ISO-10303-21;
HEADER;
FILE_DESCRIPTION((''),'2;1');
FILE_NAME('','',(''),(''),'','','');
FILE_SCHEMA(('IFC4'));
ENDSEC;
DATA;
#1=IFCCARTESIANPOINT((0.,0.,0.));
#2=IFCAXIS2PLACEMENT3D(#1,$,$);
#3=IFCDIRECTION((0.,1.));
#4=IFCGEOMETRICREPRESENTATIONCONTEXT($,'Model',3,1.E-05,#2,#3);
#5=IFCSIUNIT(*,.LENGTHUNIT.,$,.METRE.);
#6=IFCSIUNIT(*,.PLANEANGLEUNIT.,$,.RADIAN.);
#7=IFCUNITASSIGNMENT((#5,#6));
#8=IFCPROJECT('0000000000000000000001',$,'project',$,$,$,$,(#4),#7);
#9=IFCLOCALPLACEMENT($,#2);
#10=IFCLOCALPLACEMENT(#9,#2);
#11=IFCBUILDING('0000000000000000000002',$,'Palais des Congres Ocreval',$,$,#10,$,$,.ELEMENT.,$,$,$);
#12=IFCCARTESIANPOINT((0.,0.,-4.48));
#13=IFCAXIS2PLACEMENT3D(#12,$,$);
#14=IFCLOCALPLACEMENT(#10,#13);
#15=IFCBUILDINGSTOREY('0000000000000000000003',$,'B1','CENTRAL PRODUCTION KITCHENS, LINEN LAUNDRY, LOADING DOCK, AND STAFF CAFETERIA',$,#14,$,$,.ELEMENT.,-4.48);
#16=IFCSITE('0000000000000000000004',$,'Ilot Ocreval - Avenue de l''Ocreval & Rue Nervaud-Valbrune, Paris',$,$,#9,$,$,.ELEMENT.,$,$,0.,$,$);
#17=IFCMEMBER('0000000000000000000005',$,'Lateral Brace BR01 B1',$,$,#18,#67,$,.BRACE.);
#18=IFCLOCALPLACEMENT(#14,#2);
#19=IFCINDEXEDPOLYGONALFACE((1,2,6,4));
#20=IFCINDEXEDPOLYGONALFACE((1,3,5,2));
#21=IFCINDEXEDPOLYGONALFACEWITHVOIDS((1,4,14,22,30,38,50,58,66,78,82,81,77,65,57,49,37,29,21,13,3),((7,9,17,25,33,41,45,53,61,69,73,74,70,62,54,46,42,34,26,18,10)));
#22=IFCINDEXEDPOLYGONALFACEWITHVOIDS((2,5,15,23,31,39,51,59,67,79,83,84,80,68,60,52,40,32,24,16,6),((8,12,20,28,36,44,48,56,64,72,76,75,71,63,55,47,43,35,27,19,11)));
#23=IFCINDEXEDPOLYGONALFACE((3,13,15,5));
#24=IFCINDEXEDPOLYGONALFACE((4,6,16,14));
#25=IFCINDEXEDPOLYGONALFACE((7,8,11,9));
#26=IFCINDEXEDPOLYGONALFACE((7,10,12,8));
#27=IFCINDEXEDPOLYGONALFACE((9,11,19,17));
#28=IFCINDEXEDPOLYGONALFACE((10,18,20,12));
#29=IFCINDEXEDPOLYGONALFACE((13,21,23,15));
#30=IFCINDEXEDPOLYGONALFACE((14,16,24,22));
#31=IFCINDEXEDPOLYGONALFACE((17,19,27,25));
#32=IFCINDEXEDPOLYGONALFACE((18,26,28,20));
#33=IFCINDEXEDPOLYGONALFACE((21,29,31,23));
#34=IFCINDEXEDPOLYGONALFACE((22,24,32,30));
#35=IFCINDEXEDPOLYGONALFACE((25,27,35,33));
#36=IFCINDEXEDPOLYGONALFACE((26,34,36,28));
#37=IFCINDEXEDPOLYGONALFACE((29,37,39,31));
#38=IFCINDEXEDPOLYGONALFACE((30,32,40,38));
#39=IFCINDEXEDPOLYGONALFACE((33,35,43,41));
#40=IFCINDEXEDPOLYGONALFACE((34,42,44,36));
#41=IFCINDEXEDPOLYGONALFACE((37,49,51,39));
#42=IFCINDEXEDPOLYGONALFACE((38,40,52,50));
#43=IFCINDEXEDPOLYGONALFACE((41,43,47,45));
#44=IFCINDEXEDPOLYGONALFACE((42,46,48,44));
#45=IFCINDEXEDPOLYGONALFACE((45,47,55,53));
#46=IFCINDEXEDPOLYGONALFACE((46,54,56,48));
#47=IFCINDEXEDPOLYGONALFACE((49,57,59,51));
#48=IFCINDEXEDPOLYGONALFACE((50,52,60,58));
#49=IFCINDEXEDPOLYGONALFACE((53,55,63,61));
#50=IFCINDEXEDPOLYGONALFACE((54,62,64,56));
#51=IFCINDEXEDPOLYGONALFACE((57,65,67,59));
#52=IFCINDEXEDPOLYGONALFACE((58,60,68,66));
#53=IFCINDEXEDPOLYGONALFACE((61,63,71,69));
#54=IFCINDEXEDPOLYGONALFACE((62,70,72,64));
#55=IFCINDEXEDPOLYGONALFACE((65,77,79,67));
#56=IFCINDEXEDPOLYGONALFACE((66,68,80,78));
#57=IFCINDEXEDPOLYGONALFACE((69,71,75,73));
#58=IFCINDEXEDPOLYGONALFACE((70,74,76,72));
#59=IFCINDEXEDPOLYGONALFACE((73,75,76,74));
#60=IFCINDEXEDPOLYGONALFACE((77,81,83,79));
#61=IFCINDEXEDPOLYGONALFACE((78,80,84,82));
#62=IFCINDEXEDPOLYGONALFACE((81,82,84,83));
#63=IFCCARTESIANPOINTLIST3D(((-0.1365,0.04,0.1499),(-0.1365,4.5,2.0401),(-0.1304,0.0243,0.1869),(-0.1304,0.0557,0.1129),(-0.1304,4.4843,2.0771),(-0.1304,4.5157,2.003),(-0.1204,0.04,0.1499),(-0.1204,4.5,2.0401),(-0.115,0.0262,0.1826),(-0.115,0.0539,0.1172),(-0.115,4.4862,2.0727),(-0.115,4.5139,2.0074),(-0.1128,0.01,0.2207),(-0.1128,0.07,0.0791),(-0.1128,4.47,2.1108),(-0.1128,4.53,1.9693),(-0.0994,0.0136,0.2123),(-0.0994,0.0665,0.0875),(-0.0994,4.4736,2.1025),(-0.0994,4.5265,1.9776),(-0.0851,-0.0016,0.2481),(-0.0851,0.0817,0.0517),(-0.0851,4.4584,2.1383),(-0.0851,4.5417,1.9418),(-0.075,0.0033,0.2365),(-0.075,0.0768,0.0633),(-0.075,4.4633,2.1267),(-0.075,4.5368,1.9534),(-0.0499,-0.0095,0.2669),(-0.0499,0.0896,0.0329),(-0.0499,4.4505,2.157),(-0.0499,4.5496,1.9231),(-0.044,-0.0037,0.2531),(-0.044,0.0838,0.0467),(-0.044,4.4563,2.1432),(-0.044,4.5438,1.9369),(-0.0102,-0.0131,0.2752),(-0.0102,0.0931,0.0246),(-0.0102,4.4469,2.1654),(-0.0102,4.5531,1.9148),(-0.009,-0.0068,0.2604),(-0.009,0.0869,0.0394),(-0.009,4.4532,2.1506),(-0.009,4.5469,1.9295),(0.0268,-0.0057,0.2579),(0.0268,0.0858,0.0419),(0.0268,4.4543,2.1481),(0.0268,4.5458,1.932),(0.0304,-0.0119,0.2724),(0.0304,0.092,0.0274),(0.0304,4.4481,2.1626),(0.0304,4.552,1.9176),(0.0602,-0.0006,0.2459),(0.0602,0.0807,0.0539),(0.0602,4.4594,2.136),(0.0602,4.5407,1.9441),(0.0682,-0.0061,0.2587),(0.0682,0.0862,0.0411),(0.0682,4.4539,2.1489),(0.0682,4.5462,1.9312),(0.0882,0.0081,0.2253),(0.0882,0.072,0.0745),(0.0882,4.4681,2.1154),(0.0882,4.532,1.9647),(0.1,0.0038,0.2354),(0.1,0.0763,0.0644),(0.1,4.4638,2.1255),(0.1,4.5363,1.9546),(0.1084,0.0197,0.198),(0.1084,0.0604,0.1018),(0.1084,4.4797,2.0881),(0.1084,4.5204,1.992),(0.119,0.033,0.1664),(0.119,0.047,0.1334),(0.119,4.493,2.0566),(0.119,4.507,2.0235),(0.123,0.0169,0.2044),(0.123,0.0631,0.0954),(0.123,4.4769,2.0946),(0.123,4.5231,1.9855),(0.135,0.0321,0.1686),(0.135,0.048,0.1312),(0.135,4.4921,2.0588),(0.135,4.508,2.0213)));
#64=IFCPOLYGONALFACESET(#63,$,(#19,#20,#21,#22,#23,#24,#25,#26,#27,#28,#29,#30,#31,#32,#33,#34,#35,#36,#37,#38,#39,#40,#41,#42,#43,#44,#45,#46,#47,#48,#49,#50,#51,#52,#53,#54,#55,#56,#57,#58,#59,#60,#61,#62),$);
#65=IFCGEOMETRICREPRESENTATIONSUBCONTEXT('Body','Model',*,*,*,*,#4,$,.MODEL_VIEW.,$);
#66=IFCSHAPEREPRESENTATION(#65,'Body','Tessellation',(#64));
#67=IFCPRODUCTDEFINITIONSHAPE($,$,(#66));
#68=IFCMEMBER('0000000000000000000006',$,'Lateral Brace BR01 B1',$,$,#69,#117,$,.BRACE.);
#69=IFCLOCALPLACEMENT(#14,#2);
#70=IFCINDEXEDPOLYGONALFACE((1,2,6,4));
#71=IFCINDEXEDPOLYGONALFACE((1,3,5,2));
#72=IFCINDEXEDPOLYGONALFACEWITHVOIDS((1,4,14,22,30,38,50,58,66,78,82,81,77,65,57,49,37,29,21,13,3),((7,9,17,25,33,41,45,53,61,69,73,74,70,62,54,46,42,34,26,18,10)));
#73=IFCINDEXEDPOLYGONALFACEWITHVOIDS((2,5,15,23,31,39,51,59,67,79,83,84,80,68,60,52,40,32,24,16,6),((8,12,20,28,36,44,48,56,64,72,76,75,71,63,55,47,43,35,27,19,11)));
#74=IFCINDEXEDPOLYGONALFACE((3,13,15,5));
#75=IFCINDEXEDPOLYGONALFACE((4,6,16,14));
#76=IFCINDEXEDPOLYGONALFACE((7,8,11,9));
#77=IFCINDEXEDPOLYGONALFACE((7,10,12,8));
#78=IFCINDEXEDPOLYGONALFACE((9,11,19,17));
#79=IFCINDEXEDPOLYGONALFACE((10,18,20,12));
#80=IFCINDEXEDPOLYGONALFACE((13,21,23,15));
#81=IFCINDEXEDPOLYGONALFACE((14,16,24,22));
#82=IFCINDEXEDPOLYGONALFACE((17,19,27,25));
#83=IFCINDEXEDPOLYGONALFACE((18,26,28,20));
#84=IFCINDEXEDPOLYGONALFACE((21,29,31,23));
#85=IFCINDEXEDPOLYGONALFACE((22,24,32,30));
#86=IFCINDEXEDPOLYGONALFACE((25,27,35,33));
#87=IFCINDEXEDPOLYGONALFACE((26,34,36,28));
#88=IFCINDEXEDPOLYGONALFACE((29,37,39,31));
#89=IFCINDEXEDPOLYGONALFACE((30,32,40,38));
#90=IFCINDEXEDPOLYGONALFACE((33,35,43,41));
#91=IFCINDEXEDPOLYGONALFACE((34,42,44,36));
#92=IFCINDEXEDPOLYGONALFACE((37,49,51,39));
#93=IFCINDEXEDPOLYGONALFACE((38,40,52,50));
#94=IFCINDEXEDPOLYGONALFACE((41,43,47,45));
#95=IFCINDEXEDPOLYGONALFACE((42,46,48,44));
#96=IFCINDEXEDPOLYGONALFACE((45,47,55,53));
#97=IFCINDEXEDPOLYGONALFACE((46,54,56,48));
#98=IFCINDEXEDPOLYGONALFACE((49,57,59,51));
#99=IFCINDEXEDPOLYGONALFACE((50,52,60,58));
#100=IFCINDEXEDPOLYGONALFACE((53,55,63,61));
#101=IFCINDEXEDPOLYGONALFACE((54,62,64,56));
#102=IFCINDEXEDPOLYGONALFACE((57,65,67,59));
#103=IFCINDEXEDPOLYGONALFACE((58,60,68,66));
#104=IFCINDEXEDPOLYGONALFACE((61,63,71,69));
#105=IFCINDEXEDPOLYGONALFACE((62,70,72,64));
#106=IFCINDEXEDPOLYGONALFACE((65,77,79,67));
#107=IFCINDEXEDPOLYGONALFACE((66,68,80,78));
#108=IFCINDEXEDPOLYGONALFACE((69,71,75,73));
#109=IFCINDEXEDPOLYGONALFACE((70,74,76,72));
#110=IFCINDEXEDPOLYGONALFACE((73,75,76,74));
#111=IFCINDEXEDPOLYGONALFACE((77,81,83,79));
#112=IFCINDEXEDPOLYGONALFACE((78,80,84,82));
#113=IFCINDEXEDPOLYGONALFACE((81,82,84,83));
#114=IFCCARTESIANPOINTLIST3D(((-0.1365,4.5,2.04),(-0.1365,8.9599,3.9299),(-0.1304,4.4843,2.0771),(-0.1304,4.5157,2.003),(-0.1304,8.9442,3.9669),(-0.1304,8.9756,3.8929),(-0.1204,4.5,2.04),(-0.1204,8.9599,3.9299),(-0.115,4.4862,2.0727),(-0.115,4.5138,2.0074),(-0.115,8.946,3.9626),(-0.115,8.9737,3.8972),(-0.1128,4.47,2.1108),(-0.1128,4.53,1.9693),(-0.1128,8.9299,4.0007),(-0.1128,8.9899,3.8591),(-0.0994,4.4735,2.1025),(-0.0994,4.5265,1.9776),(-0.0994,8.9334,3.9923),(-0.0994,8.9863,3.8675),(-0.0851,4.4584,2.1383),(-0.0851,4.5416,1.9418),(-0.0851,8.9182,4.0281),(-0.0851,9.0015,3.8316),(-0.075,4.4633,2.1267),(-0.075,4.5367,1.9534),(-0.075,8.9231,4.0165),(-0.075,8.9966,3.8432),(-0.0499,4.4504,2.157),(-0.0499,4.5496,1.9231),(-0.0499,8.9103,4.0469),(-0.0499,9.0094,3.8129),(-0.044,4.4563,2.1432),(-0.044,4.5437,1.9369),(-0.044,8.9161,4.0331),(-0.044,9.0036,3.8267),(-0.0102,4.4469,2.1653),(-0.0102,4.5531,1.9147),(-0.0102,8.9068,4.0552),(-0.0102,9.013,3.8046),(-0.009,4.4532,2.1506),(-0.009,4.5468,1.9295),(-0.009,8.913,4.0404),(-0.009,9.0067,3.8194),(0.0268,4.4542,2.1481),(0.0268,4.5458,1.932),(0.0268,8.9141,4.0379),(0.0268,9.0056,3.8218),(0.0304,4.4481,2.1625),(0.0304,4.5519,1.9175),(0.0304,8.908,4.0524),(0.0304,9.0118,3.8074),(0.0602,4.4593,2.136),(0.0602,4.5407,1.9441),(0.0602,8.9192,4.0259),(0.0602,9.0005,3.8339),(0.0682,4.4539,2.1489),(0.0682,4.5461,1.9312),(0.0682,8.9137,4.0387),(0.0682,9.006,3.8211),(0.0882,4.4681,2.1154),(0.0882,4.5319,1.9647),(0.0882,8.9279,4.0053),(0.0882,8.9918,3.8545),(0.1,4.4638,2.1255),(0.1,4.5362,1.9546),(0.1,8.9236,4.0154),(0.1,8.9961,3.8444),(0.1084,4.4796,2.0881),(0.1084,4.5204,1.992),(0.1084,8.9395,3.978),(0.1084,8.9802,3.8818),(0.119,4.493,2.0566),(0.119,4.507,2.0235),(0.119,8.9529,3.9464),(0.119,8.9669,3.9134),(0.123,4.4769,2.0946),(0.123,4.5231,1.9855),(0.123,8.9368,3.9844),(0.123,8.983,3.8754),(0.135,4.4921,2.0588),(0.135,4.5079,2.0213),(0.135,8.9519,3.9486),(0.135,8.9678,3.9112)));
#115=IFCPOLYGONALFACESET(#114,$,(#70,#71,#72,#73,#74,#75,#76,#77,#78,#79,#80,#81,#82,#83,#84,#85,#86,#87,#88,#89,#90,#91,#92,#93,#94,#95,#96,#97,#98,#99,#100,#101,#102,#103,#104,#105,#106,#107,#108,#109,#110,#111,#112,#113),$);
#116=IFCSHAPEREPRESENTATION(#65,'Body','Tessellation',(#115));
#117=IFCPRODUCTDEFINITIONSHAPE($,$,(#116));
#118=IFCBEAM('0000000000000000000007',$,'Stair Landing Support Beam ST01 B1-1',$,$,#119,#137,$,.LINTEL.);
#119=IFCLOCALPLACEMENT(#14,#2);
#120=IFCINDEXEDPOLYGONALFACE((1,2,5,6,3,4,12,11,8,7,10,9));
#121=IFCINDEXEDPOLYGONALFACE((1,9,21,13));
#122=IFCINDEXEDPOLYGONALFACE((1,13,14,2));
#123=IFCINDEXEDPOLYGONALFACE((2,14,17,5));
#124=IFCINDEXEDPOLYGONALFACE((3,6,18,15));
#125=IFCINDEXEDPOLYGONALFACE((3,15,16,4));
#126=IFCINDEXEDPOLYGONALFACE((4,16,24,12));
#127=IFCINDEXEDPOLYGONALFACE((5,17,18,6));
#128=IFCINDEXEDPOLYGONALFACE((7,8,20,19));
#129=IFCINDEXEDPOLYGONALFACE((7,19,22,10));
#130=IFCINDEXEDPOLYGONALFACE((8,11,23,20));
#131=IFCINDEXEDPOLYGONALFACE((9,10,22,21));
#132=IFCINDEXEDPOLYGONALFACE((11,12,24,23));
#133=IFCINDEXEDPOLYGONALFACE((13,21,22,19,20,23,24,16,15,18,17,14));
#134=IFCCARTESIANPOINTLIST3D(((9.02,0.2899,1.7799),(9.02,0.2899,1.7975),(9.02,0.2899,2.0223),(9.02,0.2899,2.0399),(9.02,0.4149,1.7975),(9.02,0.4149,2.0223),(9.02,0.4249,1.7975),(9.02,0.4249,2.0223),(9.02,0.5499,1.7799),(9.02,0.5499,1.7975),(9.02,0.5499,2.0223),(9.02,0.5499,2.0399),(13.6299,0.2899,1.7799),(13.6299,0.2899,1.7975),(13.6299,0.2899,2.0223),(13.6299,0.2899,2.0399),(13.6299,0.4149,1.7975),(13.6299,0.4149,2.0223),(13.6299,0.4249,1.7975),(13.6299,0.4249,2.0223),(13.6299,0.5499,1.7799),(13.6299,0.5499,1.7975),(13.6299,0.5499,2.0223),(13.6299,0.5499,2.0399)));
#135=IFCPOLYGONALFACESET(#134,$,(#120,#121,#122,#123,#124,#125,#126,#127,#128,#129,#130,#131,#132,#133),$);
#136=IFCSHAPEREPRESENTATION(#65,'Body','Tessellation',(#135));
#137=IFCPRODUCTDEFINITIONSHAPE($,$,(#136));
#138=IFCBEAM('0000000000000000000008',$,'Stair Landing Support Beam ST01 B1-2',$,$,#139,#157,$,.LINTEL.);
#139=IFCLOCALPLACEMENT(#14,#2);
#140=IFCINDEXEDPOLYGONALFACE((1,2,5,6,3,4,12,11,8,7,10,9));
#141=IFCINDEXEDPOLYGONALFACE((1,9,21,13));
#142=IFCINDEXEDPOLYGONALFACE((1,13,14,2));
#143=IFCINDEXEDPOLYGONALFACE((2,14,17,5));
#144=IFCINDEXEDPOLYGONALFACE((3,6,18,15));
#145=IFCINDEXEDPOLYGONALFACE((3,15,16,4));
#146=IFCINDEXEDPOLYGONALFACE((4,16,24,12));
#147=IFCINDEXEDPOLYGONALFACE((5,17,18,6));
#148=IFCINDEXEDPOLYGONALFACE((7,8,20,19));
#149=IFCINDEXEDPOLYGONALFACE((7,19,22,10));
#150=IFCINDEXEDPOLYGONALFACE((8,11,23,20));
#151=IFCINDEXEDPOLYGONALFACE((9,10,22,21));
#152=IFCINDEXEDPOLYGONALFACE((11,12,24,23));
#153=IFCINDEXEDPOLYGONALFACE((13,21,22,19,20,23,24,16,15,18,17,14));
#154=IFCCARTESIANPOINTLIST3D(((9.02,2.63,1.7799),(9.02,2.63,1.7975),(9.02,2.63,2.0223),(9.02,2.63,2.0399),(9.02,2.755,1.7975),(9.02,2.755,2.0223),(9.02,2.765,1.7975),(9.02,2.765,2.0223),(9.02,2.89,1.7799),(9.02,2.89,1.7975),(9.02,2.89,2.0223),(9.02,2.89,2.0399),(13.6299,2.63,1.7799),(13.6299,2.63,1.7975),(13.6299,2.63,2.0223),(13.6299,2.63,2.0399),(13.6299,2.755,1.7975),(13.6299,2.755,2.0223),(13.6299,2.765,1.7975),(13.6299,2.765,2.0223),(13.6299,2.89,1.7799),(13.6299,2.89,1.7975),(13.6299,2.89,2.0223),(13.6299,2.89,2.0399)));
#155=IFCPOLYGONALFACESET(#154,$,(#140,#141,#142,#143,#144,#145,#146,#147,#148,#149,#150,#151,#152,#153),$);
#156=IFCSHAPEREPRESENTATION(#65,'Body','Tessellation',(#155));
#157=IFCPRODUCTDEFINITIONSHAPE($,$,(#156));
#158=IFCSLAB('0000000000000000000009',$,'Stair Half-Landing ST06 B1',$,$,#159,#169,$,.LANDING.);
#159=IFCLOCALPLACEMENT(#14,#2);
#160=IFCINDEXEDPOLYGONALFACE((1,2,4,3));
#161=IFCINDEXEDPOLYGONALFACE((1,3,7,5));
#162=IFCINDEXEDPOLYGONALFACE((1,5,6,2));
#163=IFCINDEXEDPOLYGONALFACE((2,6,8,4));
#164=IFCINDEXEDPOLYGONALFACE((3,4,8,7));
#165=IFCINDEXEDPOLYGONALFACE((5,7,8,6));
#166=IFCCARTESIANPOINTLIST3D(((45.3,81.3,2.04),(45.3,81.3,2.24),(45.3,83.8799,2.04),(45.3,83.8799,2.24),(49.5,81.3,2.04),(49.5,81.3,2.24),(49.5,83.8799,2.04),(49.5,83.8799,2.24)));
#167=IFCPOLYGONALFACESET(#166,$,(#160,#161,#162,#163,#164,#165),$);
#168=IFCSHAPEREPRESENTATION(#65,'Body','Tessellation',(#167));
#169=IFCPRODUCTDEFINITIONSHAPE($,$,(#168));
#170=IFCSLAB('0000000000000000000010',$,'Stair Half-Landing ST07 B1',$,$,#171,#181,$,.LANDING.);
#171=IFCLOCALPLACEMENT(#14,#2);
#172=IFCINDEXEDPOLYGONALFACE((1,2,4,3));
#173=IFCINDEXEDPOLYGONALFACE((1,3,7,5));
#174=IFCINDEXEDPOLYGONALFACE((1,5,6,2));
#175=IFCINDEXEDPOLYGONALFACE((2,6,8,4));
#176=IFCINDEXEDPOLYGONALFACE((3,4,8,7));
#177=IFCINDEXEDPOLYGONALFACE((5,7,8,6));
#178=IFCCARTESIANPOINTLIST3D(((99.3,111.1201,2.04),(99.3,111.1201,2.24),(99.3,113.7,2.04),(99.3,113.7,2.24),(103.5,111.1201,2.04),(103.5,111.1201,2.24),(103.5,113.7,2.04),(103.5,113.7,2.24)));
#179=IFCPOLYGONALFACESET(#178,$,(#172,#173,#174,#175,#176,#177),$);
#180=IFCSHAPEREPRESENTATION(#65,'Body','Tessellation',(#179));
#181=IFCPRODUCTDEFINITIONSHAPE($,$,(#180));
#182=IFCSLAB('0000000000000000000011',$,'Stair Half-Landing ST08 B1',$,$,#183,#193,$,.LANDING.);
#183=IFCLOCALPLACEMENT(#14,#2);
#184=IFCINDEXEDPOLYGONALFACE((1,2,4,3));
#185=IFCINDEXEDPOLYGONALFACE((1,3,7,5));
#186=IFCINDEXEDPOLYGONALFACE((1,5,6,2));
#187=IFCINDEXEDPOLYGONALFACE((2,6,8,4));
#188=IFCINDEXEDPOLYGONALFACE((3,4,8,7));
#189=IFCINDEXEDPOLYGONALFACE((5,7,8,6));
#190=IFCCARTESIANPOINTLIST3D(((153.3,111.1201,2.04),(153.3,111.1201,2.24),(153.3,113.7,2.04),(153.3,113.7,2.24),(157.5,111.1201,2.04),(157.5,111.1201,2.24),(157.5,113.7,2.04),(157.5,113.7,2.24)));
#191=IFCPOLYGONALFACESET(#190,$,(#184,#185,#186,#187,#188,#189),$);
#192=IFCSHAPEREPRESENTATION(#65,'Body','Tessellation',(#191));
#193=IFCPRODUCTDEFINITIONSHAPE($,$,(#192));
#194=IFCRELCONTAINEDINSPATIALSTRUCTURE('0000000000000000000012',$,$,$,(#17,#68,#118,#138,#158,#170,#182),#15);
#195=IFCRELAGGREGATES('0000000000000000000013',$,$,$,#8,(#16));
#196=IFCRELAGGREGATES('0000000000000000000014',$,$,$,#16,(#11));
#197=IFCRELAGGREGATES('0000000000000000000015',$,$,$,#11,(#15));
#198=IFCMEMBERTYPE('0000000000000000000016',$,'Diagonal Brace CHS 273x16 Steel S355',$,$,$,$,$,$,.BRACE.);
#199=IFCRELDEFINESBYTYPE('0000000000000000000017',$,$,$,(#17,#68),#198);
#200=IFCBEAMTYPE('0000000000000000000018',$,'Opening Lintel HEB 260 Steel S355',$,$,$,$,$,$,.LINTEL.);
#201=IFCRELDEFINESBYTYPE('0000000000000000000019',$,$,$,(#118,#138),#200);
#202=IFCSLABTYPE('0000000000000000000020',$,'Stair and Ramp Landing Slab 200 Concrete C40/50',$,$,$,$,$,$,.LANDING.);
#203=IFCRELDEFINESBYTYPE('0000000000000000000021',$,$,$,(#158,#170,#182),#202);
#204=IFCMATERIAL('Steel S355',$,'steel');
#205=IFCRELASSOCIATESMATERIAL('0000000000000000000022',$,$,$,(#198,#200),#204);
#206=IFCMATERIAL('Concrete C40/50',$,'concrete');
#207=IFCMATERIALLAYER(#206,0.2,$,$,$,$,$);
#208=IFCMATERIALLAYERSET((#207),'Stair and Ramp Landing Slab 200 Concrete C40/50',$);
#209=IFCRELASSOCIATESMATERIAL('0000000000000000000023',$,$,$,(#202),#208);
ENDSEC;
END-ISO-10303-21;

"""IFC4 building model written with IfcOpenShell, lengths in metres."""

from ifc_helpers import new_model, si_unit, direction, frame, origin, origin_2d, place, context, subcontext, project, spatial, polyline, hollow_circle, i_section, outline, extrude, material, layer, layer_set, material_profile, profile_set, type_object, element, save


model = new_model("IFC4")

# Units and contexts
model_context = context("Model", 3, precision=1e-05, world=origin(), true_north=direction((0.0, 1.0)))
body_context = subcontext(model_context, "Body", "Model", "MODEL_VIEW")
ifc_project = project(units=[si_unit("LENGTHUNIT", "METRE"), si_unit("PLANEANGLEUNIT", "RADIAN")], contexts=[model_context])

# Site, building, storey
site_placement = place(None, origin())
site = spatial("IfcSite", under=ifc_project, at=site_placement, Name="Ilot Ocreval - Avenue de l'Ocreval & Rue Nervaud-Valbrune, Paris", CompositionType="ELEMENT", RefElevation=0.0)
building_placement = place(site_placement, origin())
building = spatial("IfcBuilding", under=site, at=building_placement, Name="Palais des Congres Ocreval", CompositionType="ELEMENT")
storey_placement = place(building_placement, frame((0.0, 0.0, -4.48)))
storey = spatial("IfcBuildingStorey", under=building, at=storey_placement, Name="B1", Description="CENTRAL PRODUCTION KITCHENS, LINEN LAUNDRY, LOADING DOCK, AND STAFF CAFETERIA", CompositionType="ELEMENT", Elevation=-4.48)

# Shared definitions
ifc_material_1 = material(Name="Concrete C40/50", Category="concrete")

# Members
ifc_material_2 = material(Name="Steel S355", Category="steel")
ifc_material_profile_1 = material_profile(ifc_material_2, hollow_circle(Radius=0.1365, WallThickness=0.0161, at=origin_2d()), Name="CHS 273x16")
ifc_profile_set_1 = profile_set([ifc_material_profile_1], Name="Steel S355")
member_type_1 = type_object("IfcMemberType", Name="Diagonal Brace CHS 273x16 Steel S355", PredefinedType="BRACE", material=ifc_profile_set_1)
member_1_placement = place(storey_placement, frame((0.0, 0.04, 0.1499), z_axis=(0.0, 0.920728, 0.390206), x_axis=(-1.0, 0.0, 0.0)))
element("IfcMember", 1, at=member_1_placement, inside=storey, type_object=member_type_1, Name="Lateral Brace BR01 B1", PredefinedType="BRACE", context=body_context, shape_type="SweptSolid", body=[
    extrude(hollow_circle(Radius=0.1365, WallThickness=0.0161, at=origin_2d()), origin(), (0.0, 0.0, 1.0), 4.844),
])
member_2_placement = place(storey_placement, frame((0.0, 4.5, 2.04), z_axis=(0.0, 0.920746, 0.390163), x_axis=(-1.0, 0.0, 0.0)))
element("IfcMember", 2, at=member_2_placement, inside=storey, type_object=member_type_1, Name="Lateral Brace BR01 B1", PredefinedType="BRACE", context=body_context, shape_type="SweptSolid", body=[
    extrude(hollow_circle(Radius=0.1365, WallThickness=0.0161, at=origin_2d()), origin(), (0.0, 0.0, 1.0), 4.8438),
])

# Beams
ifc_material_profile_2 = material_profile(ifc_material_2, i_section(OverallWidth=0.26, OverallDepth=0.26, WebThickness=0.01, FlangeThickness=0.0176, at=origin_2d()), Name="HEB 260")
ifc_profile_set_2 = profile_set([ifc_material_profile_2], Name="Steel S355")
beam_type_1 = type_object("IfcBeamType", Name="Opening Lintel HEB 260 Steel S355", PredefinedType="LINTEL", material=ifc_profile_set_2)
for number, where, z_axis, x_axis, name in (
    (3, (9.02, 0.4199, 1.9099), (1.0, 0.0, 0.0), (0.0, 1.0, 0.0), "Stair Landing Support Beam ST01 B1-1"),
    (4, (9.02, 2.76, 1.9099), (1.0, 0.0, 0.0), (0.0, 1.0, 0.0), "Stair Landing Support Beam ST01 B1-2"),
):
    element("IfcBeam", number, at=place(storey_placement, frame(where, z_axis=z_axis, x_axis=x_axis)), inside=storey, type_object=beam_type_1, Name=name, PredefinedType="LINTEL", context=body_context, shape_type="SweptSolid", body=[
        extrude(i_section(OverallWidth=0.26, OverallDepth=0.26, WebThickness=0.01, FlangeThickness=0.0176, at=origin_2d()), origin(), (0.0, 0.0, 1.0), 4.6099),
    ])

# Slabs
ifc_layer_1 = layer(ifc_material_1, 0.2)
ifc_layer_set_1 = layer_set([ifc_layer_1], Name="Stair and Ramp Landing Slab 200 Concrete C40/50")
slab_type_1 = type_object("IfcSlabType", Name="Stair and Ramp Landing Slab 200 Concrete C40/50", PredefinedType="LANDING", material=ifc_layer_set_1)
slab_1_placement = place(storey_placement, frame((0.0, 0.0, 2.04)))
element("IfcSlab", 5, at=slab_1_placement, inside=storey, type_object=slab_type_1, Name="Stair Half-Landing ST06 B1", PredefinedType="LANDING", context=body_context, shape_type="SweptSolid", body=[
    extrude(outline(polyline([(45.3, 81.3), (49.5, 81.3), (49.5, 83.8799), (45.3, 83.8799), (45.3, 81.3)])), origin(), (0.0, 0.0, 1.0), 0.2),
])
slab_2_placement = place(storey_placement, frame((0.0, 0.0, 2.04)))
element("IfcSlab", 6, at=slab_2_placement, inside=storey, type_object=slab_type_1, Name="Stair Half-Landing ST07 B1", PredefinedType="LANDING", context=body_context, shape_type="SweptSolid", body=[
    extrude(outline(polyline([(99.3, 111.1201), (103.5, 111.1201), (103.5, 113.7), (99.3, 113.7), (99.3, 111.1201)])), origin(), (0.0, 0.0, 1.0), 0.2),
])
slab_3_placement = place(storey_placement, frame((0.0, 0.0, 2.04)))
element("IfcSlab", 7, at=slab_3_placement, inside=storey, type_object=slab_type_1, Name="Stair Half-Landing ST08 B1", PredefinedType="LANDING", context=body_context, shape_type="SweptSolid", body=[
    extrude(outline(polyline([(153.3, 111.1201), (157.5, 111.1201), (157.5, 113.7), (153.3, 113.7), (153.3, 111.1201)])), origin(), (0.0, 0.0, 1.0), 0.2),
])

save(model, "model.ifc")
